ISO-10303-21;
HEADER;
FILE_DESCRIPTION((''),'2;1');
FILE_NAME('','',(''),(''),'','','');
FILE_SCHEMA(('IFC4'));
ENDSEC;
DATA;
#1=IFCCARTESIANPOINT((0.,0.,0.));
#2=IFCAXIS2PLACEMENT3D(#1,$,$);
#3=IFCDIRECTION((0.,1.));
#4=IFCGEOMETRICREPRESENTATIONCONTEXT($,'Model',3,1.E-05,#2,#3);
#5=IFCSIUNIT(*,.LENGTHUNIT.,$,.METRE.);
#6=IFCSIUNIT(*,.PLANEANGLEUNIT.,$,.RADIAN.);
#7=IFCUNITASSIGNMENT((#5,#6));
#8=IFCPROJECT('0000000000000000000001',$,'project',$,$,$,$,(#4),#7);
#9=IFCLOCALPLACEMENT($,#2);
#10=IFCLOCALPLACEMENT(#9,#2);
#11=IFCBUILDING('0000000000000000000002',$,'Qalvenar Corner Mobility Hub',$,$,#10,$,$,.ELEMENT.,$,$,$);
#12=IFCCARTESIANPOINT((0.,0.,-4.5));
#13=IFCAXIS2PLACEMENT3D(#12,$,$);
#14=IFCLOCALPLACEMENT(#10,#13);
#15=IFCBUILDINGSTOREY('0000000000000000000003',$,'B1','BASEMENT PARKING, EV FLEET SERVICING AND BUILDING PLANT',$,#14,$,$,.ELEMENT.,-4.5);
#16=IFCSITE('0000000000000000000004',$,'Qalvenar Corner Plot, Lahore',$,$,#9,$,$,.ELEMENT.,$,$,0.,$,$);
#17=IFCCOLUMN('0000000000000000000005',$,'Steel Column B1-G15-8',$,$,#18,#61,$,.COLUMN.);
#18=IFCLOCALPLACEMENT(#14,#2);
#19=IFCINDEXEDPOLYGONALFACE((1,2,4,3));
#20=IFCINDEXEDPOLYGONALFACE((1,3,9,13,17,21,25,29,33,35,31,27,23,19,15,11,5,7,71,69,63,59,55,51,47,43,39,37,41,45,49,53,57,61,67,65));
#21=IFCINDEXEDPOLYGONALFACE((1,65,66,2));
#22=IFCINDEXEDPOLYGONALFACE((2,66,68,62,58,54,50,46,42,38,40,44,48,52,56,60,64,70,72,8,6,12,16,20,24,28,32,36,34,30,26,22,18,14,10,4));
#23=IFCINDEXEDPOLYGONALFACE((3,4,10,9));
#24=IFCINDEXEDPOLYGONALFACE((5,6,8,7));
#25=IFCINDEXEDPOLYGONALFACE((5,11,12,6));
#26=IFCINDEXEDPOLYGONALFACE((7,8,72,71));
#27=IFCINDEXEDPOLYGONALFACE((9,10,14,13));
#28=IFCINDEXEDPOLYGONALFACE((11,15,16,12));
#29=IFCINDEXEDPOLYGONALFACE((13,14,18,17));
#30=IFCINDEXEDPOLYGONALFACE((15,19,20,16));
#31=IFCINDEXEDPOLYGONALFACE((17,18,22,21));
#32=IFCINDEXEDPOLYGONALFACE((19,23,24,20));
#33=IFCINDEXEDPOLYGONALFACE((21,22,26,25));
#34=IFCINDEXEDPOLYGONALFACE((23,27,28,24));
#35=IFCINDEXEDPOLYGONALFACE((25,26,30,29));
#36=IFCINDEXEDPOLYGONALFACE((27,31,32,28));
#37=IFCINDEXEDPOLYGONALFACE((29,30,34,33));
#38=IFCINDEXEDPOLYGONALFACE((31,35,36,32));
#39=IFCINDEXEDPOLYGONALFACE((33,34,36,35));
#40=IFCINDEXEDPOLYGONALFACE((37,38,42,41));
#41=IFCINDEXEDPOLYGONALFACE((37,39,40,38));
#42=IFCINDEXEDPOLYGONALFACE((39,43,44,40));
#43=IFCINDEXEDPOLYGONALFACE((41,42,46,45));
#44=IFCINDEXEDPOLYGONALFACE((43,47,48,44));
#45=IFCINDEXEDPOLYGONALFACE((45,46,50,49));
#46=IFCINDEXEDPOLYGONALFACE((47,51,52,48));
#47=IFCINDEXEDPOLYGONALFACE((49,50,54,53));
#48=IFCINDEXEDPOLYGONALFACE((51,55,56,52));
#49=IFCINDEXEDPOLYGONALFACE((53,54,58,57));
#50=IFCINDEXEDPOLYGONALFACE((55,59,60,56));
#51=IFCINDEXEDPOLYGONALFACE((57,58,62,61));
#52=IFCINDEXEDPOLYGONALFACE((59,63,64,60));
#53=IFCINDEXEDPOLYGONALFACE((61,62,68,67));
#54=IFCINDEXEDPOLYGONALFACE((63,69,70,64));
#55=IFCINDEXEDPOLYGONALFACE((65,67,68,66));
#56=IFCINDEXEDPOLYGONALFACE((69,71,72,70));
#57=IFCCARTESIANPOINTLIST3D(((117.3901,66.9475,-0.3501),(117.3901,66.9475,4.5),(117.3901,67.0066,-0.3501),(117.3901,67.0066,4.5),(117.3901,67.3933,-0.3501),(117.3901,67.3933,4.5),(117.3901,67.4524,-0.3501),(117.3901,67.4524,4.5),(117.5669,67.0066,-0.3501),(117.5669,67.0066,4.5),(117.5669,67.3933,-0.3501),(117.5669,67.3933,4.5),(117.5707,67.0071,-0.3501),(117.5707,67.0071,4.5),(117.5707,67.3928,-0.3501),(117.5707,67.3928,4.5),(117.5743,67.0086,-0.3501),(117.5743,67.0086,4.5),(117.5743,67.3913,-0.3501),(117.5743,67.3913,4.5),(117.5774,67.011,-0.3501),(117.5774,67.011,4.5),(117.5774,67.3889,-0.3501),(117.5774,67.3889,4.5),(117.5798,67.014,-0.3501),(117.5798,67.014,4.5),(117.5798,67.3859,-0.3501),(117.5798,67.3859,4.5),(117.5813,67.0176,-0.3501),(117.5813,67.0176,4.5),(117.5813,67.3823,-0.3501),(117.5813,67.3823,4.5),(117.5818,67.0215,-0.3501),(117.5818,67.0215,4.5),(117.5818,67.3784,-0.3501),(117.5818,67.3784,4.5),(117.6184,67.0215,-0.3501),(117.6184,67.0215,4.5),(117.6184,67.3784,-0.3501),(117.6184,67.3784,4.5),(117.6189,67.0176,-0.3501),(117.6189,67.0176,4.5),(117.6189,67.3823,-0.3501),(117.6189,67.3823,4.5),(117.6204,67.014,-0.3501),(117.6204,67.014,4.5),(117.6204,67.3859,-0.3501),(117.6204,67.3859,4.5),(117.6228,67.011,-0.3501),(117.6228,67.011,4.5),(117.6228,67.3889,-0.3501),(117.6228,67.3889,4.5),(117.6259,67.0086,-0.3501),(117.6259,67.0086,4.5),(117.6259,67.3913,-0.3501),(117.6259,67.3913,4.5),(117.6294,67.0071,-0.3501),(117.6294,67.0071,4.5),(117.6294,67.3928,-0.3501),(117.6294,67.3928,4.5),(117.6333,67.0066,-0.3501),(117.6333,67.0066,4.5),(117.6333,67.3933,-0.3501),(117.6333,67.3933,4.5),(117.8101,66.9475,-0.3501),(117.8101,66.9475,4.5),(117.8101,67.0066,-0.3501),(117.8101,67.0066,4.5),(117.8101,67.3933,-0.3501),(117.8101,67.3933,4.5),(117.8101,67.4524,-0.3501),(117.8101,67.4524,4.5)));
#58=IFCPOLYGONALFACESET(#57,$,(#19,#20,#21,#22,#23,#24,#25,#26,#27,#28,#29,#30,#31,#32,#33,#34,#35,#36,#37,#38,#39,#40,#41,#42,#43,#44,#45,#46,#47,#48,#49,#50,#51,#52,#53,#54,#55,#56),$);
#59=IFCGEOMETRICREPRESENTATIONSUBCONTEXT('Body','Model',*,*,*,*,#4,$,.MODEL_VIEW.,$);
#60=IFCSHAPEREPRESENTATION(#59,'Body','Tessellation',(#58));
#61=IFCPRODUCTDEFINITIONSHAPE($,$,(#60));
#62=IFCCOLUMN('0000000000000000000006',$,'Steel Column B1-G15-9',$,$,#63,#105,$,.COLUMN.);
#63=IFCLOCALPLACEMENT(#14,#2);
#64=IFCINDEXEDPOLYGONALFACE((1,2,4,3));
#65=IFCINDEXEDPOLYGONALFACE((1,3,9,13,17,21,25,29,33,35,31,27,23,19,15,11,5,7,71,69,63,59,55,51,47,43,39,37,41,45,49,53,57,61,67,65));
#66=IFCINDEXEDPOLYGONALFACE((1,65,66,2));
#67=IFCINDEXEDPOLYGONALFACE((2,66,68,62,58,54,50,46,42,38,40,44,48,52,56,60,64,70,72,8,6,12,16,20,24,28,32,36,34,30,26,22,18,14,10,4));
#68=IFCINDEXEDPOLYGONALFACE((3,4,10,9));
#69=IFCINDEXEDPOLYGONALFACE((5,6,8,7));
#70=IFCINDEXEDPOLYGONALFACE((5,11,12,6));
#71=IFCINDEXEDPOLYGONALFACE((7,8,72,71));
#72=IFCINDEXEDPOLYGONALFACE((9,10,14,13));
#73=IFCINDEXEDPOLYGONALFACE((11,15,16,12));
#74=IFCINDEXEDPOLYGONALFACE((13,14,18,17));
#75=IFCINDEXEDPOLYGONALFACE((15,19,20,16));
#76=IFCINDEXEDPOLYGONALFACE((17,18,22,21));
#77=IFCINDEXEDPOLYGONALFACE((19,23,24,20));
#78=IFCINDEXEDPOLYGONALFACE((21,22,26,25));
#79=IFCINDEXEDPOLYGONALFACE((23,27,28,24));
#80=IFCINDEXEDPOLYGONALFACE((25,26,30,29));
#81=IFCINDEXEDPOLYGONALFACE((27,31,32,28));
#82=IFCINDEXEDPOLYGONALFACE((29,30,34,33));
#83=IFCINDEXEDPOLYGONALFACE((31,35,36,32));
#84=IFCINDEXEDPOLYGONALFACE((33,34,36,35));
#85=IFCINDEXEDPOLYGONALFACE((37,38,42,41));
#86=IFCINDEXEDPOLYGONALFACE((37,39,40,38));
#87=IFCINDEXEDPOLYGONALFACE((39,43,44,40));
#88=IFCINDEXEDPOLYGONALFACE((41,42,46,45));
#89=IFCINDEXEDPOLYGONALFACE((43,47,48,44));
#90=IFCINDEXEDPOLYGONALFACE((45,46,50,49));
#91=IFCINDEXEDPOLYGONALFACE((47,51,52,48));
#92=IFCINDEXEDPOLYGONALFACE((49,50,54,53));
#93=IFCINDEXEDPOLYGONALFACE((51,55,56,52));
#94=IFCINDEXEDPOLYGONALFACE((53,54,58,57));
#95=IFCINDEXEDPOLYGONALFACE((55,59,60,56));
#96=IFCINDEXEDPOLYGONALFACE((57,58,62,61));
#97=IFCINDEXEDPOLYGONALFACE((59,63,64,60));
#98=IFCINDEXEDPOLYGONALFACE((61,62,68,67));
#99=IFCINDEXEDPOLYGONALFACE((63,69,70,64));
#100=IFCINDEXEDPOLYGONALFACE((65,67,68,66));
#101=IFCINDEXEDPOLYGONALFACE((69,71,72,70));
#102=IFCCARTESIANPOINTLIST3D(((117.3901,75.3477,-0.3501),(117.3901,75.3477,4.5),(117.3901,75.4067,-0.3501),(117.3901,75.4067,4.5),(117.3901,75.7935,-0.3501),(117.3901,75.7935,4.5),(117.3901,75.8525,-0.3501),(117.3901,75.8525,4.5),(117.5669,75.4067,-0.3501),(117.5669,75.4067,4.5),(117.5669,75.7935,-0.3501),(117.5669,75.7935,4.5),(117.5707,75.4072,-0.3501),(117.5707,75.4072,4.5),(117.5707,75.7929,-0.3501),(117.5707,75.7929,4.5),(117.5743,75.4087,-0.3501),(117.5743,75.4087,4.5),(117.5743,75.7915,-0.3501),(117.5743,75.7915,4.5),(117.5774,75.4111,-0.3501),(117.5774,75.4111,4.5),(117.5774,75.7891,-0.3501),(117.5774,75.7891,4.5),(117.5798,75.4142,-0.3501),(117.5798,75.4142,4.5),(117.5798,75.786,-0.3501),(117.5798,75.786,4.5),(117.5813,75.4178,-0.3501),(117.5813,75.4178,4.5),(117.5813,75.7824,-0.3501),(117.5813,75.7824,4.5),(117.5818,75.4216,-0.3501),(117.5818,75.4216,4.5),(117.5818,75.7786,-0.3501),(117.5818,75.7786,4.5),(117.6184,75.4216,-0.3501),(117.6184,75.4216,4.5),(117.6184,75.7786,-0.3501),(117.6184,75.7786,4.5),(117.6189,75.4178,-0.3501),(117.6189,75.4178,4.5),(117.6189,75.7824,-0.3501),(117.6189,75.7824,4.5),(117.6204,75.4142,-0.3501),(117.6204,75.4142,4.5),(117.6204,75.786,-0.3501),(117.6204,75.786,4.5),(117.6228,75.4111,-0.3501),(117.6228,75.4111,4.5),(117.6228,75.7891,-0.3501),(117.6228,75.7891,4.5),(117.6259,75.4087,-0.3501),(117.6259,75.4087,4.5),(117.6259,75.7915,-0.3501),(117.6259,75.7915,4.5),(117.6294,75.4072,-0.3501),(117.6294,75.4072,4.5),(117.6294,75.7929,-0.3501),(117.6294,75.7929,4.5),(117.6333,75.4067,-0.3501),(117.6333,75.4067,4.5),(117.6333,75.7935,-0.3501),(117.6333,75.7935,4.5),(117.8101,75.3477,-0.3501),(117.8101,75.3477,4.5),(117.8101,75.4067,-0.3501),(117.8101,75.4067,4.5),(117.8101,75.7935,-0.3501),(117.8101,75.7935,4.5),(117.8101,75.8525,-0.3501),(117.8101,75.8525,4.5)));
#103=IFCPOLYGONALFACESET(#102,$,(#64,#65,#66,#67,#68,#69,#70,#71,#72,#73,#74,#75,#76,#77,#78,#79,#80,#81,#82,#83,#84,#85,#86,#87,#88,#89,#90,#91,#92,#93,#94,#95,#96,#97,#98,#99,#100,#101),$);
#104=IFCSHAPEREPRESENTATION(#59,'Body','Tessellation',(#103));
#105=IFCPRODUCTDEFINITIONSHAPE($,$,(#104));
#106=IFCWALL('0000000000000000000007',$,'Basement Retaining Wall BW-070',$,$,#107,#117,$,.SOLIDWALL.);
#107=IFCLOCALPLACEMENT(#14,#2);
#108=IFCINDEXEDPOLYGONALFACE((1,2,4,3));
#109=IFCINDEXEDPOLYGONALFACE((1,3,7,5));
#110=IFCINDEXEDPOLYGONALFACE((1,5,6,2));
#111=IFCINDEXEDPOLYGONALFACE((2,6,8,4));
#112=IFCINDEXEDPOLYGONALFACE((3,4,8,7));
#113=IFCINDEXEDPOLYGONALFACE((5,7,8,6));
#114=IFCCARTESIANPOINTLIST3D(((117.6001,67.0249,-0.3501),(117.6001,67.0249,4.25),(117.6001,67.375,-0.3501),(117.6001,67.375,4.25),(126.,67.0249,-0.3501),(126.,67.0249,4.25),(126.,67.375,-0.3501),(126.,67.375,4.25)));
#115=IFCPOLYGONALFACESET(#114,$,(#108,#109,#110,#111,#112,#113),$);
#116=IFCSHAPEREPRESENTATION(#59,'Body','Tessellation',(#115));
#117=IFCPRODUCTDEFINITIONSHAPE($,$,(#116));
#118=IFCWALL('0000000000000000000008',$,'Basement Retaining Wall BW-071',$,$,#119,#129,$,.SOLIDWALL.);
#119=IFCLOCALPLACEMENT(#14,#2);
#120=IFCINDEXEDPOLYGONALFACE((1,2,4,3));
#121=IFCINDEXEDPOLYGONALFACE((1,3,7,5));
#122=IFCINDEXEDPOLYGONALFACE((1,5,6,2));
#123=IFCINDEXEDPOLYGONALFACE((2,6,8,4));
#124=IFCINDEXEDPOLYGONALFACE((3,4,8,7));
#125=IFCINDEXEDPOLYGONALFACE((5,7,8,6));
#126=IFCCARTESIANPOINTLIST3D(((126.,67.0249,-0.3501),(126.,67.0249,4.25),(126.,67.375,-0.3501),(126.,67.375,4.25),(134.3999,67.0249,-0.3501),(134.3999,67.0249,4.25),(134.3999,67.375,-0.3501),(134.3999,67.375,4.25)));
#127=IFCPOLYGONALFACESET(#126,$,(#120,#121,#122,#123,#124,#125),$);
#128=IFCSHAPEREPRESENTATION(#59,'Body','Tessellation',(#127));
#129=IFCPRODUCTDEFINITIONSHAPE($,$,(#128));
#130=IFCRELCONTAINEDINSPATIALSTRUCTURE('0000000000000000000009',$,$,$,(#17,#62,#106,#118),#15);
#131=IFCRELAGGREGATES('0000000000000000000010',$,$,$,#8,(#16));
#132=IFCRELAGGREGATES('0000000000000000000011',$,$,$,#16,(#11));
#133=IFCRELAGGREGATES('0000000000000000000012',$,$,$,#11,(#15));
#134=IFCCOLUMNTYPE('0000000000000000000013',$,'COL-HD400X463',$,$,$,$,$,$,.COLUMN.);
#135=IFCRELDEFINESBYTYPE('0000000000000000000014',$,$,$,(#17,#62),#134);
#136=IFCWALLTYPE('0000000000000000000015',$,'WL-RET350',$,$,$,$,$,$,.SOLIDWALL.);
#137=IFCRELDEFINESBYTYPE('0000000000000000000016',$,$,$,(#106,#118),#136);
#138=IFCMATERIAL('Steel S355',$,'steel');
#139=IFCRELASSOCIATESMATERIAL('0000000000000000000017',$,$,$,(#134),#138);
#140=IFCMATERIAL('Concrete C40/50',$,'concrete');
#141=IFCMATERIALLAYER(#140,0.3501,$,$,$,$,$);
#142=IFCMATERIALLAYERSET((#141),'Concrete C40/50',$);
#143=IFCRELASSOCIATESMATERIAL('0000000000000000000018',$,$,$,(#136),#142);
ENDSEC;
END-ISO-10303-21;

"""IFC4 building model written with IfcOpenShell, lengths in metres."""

from ifc_helpers import new_model, si_unit, direction, frame, frame_2d, origin, origin_2d, place, context, subcontext, project, spatial, rectangle, i_section, extrude, material, layer, layer_set, material_profile, profile_set, type_object, element, save


model = new_model("IFC4")

# Units and contexts
model_context = context("Model", 3, precision=1e-05, world=origin(), true_north=direction((0.0, 1.0)))
body_context = subcontext(model_context, "Body", "Model", "MODEL_VIEW")
ifc_project = project(units=[si_unit("LENGTHUNIT", "METRE"), si_unit("PLANEANGLEUNIT", "RADIAN")], contexts=[model_context])

# Site, building, storey
site_placement = place(None, origin())
site = spatial("IfcSite", under=ifc_project, at=site_placement, Name="Qalvenar Corner Plot, Lahore", CompositionType="ELEMENT", RefElevation=0.0)
building_placement = place(site_placement, origin())
building = spatial("IfcBuilding", under=site, at=building_placement, Name="Qalvenar Corner Mobility Hub", CompositionType="ELEMENT")
storey_placement = place(building_placement, frame((0.0, 0.0, -4.5)))
storey = spatial("IfcBuildingStorey", under=building, at=storey_placement, Name="B1", Description="BASEMENT PARKING, EV FLEET SERVICING AND BUILDING PLANT", CompositionType="ELEMENT", Elevation=-4.5)

# Shared definitions
ifc_material_1 = material(Name="Concrete C40/50", Category="concrete")

# Columns
ifc_material_2 = material(Name="Steel S355", Category="steel")
ifc_material_profile_1 = material_profile(ifc_material_2, i_section(OverallWidth=0.4199, OverallDepth=0.5049, WebThickness=0.0366, FlangeThickness=0.0591, FilletRadius=0.0149, at=origin_2d()), Name="HD400x551")
ifc_profile_set_1 = profile_set([ifc_material_profile_1], Name="Steel S355")
column_type_1 = type_object("IfcColumnType", Name="COL-HD400X463", PredefinedType="COLUMN", material=ifc_profile_set_1)
for number, where, z_axis, x_axis, name in (
    (1, (117.6001, 67.2, -0.3501), (0.0, 0.0, 1.0), (1.0, 0.0, 0.0), "Steel Column B1-G15-8"),
    (2, (117.6001, 75.6001, -0.3501), (0.0, 0.0, 1.0), (1.0, 0.0, 0.0), "Steel Column B1-G15-9"),
):
    element("IfcColumn", number, at=place(storey_placement, frame(where, z_axis=z_axis, x_axis=x_axis)), inside=storey, type_object=column_type_1, Name=name, PredefinedType="COLUMN", context=body_context, shape_type="SweptSolid", body=[
        extrude(i_section(OverallWidth=0.4199, OverallDepth=0.5049, WebThickness=0.0366, FlangeThickness=0.0591, FilletRadius=0.0149, at=origin_2d()), origin(), (0.0, 0.0, 1.0), 4.8501),
    ])

# Walls
ifc_layer = layer(ifc_material_1, 0.3501)
ifc_layer_set = layer_set([ifc_layer], Name="Concrete C40/50")
wall_type = type_object("IfcWallType", Name="WL-RET350", PredefinedType="SOLIDWALL", material=ifc_layer_set)
for number, where, z_axis, x_axis, name in (
    (3, (117.6001, 67.2, -0.3501), (0.0, 0.0, 1.0), (1.0, 0.0, 0.0), "Basement Retaining Wall BW-070"),
    (4, (126.0, 67.2, -0.3501), (0.0, 0.0, 1.0), (1.0, 0.0, 0.0), "Basement Retaining Wall BW-071"),
):
    element("IfcWall", number, at=place(storey_placement, frame(where, z_axis=z_axis, x_axis=x_axis)), inside=storey, type_object=wall_type, Name=name, PredefinedType="SOLIDWALL", context=body_context, shape_type="SweptSolid", body=[
        extrude(rectangle(XDim=8.3999, YDim=0.3501, at=frame_2d((4.2, 0.0))), origin(), (0.0, 0.0, 1.0), 4.6001),
    ])

save(model, "model.ifc")
